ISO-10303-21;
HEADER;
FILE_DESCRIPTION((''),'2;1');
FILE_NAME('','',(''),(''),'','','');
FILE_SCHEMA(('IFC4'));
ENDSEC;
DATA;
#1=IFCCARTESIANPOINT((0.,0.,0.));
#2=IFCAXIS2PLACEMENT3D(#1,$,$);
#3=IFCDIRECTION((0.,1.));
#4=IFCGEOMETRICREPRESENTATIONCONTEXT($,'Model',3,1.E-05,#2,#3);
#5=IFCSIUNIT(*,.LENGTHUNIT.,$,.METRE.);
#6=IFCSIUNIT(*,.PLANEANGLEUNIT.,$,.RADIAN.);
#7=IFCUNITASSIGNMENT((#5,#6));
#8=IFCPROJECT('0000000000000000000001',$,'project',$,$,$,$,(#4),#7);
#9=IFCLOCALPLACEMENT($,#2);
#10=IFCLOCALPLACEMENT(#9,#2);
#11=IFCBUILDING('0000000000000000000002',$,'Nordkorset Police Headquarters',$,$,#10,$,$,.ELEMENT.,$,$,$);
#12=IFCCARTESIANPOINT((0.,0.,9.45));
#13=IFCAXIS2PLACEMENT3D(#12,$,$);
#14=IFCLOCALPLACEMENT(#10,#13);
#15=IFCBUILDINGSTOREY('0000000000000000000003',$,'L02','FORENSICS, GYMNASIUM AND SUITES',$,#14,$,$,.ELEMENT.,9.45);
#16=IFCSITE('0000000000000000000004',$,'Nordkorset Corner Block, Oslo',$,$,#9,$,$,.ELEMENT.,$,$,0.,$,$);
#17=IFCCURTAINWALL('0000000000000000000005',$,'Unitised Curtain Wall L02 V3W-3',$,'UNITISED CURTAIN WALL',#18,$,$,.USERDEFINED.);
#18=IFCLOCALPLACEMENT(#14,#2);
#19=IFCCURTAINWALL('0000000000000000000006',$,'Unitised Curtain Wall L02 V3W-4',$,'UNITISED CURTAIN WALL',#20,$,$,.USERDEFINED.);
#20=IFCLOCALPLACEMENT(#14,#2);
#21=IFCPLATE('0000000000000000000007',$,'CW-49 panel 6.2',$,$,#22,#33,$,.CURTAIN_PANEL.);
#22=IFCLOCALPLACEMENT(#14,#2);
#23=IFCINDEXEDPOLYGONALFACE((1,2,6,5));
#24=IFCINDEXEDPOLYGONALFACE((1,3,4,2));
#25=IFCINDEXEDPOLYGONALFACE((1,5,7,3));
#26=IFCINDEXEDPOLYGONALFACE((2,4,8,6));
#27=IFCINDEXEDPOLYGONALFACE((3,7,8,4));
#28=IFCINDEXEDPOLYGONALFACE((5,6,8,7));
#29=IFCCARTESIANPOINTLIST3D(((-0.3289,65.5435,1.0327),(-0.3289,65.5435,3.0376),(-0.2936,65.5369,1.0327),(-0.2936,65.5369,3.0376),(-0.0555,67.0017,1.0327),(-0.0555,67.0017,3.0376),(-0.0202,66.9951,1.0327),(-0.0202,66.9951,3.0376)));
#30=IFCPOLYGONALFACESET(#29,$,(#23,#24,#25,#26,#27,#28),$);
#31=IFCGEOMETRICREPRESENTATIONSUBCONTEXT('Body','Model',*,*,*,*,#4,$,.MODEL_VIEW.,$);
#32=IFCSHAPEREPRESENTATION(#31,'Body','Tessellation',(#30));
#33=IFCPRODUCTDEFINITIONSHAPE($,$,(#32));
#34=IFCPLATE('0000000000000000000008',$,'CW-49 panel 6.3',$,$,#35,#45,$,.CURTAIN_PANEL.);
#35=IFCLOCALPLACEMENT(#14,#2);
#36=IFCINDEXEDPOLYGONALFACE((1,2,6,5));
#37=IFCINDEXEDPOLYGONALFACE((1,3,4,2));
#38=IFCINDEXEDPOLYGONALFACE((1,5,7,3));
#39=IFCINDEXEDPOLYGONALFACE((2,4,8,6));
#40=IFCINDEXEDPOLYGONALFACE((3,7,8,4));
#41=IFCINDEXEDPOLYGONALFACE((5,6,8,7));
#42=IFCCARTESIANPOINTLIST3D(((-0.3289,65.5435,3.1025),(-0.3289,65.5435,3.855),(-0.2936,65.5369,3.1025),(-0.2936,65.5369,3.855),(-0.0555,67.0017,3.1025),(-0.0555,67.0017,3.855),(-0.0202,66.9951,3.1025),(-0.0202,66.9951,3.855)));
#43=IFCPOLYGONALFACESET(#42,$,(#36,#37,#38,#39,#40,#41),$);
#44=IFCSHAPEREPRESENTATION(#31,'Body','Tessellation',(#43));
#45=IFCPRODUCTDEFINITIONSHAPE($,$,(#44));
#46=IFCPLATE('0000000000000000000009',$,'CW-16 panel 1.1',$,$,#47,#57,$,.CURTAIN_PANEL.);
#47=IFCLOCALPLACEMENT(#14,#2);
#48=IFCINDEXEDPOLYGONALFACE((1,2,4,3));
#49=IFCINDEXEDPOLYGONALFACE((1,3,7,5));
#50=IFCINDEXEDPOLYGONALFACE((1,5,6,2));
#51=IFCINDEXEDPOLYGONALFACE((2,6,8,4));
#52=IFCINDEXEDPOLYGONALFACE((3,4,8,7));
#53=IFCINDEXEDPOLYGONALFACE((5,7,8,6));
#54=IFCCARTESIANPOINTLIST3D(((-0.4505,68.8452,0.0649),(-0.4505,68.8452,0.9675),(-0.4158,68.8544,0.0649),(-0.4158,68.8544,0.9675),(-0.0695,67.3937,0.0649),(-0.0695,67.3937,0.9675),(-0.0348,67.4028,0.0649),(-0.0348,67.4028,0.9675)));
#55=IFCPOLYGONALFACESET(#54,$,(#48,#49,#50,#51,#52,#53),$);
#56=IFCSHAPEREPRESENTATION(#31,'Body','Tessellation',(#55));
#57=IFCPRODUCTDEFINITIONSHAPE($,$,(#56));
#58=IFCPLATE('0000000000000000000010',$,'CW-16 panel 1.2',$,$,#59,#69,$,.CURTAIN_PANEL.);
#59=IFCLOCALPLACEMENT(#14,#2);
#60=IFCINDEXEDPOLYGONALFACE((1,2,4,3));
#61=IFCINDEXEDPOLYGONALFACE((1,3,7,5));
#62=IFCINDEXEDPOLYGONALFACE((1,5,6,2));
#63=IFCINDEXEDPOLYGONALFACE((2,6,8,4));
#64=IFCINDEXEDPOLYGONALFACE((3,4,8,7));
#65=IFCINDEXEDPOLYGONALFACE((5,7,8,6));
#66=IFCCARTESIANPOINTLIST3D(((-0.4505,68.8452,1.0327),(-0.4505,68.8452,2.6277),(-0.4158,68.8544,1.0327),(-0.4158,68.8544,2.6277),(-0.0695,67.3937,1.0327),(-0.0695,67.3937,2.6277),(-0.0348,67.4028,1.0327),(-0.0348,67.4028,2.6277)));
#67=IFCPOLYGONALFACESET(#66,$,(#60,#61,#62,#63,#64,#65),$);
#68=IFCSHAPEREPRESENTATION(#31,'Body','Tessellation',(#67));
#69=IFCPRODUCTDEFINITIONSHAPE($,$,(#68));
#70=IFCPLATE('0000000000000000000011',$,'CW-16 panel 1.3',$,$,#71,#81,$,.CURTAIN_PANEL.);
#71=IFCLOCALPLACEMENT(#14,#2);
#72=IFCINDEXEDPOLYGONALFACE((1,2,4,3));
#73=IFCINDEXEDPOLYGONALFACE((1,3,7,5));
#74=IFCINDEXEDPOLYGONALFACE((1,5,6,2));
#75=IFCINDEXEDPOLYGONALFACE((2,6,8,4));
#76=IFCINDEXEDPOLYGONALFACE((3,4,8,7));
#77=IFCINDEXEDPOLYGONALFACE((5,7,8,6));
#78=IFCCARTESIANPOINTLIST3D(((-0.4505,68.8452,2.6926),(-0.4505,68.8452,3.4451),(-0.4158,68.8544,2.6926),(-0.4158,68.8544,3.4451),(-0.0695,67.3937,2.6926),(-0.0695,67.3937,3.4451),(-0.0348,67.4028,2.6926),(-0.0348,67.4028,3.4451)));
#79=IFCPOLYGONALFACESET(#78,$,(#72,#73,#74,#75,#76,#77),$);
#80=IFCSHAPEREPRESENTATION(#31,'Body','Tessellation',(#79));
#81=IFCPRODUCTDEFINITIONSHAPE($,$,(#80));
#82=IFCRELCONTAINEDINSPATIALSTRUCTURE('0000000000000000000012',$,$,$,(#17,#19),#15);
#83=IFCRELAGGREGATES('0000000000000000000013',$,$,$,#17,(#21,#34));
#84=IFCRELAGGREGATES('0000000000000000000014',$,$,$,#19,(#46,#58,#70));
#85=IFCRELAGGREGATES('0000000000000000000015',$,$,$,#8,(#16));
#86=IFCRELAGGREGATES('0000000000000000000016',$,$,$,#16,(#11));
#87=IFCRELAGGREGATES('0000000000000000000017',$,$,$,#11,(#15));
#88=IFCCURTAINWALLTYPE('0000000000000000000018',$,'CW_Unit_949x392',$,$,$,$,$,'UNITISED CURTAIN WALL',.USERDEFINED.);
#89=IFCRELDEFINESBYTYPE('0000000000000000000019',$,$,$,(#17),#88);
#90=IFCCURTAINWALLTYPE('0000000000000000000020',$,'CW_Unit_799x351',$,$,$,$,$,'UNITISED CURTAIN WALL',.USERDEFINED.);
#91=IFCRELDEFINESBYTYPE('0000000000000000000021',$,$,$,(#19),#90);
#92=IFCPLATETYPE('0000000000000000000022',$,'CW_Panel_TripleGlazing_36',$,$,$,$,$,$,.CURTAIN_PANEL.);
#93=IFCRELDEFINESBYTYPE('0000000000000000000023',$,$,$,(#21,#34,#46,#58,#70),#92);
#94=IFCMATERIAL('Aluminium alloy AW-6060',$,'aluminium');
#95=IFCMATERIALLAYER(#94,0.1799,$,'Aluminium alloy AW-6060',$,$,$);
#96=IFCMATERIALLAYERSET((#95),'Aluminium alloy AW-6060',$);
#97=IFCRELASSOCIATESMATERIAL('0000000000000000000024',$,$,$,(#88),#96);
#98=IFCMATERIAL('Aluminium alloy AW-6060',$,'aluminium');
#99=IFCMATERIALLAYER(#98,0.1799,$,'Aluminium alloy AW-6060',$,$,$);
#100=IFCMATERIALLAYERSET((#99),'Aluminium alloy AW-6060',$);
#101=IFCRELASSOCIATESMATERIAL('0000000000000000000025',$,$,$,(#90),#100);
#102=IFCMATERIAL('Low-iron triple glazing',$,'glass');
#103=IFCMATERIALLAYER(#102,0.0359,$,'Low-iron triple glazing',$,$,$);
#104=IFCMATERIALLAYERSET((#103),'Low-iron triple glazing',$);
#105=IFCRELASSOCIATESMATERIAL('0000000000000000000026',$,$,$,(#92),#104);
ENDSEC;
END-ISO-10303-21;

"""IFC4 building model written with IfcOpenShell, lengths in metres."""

from ifc_helpers import new_model, si_unit, direction, frame, origin, origin_2d, place, context, subcontext, project, spatial, rectangle, extrude, material, layer, layer_set, type_object, element, aggregate, save


model = new_model("IFC4")

# Units and contexts
model_context = context("Model", 3, precision=1e-05, world=origin(), true_north=direction((0.0, 1.0)))
body_context = subcontext(model_context, "Body", "Model", "MODEL_VIEW")
ifc_project = project(units=[si_unit("LENGTHUNIT", "METRE"), si_unit("PLANEANGLEUNIT", "RADIAN")], contexts=[model_context])

# Site, building, storey
site_placement = place(None, origin())
site = spatial("IfcSite", under=ifc_project, at=site_placement, Name="Nordkorset Corner Block, Oslo", CompositionType="ELEMENT", RefElevation=0.0)
building_placement = place(site_placement, origin())
building = spatial("IfcBuilding", under=site, at=building_placement, Name="Nordkorset Police Headquarters", CompositionType="ELEMENT")
storey_placement = place(building_placement, frame((0.0, 0.0, 9.45)))
storey = spatial("IfcBuildingStorey", under=building, at=storey_placement, Name="L02", Description="FORENSICS, GYMNASIUM AND SUITES", CompositionType="ELEMENT", Elevation=9.45)

# Curtain walls
ifc_material_1 = material(Name="Aluminium alloy AW-6060", Category="aluminium")
ifc_layer_1 = layer(ifc_material_1, 0.1799, Name="Aluminium alloy AW-6060")
ifc_layer_set_1 = layer_set([ifc_layer_1], Name="Aluminium alloy AW-6060")
curtain_wall_type_1 = type_object("IfcCurtainWallType", Name="CW_Unit_949x392", ElementType="UNITISED CURTAIN WALL", PredefinedType="USERDEFINED", material=ifc_layer_set_1)
curtain_wall_1_placement = place(storey_placement, origin())
curtain_wall_1 = element("IfcCurtainWall", 1, at=curtain_wall_1_placement, inside=storey, type_object=curtain_wall_type_1, Name="Unitised Curtain Wall L02 V3W-3", ObjectType="UNITISED CURTAIN WALL", PredefinedType="USERDEFINED")
ifc_material_2 = material(Name="Aluminium alloy AW-6060", Category="aluminium")
ifc_layer_2 = layer(ifc_material_2, 0.1799, Name="Aluminium alloy AW-6060")
ifc_layer_set_2 = layer_set([ifc_layer_2], Name="Aluminium alloy AW-6060")
curtain_wall_type_2 = type_object("IfcCurtainWallType", Name="CW_Unit_799x351", ElementType="UNITISED CURTAIN WALL", PredefinedType="USERDEFINED", material=ifc_layer_set_2)
curtain_wall_2_placement = place(storey_placement, origin())
curtain_wall_2 = element("IfcCurtainWall", 2, at=curtain_wall_2_placement, inside=storey, type_object=curtain_wall_type_2, Name="Unitised Curtain Wall L02 V3W-4", ObjectType="UNITISED CURTAIN WALL", PredefinedType="USERDEFINED")

# Plates
ifc_material_3 = material(Name="Low-iron triple glazing", Category="glass")
ifc_layer_3 = layer(ifc_material_3, 0.0359, Name="Low-iron triple glazing")
ifc_layer_set_3 = layer_set([ifc_layer_3], Name="Low-iron triple glazing")
plate_type = type_object("IfcPlateType", Name="CW_Panel_TripleGlazing_36", PredefinedType="CURTAIN_PANEL", material=ifc_layer_set_3)
plate_1_placement = place(storey_placement, frame((-0.1746, 66.2693, 1.0327), z_axis=(0.0, 0.0, 1.0), x_axis=(0.184289, 0.982872, 0.0)))
plate_1 = element("IfcPlate", 3, at=plate_1_placement, type_object=plate_type, Name="CW-49 panel 6.2", PredefinedType="CURTAIN_PANEL", context=body_context, shape_type="SweptSolid", body=[
    extrude(rectangle(XDim=1.4836, YDim=0.0359, at=origin_2d()), origin(), (0.0, 0.0, 1.0), 2.0049),
])
plate_2_placement = place(storey_placement, frame((-0.1746, 66.2693, 3.1025), z_axis=(0.0, 0.0, 1.0), x_axis=(0.184289, 0.982872, 0.0)))
plate_2 = element("IfcPlate", 4, at=plate_2_placement, type_object=plate_type, Name="CW-49 panel 6.3", PredefinedType="CURTAIN_PANEL", context=body_context, shape_type="SweptSolid", body=[
    extrude(rectangle(XDim=1.4836, YDim=0.0359, at=origin_2d()), origin(), (0.0, 0.0, 1.0), 0.7524),
])
aggregate(curtain_wall_1, [plate_1, plate_2])
plate_3_placement = place(storey_placement, frame((-0.2427, 68.124, 0.0649), z_axis=(0.0, 0.0, 1.0), x_axis=(-0.253897, 0.967231, 0.0)))
plate_3 = element("IfcPlate", 5, at=plate_3_placement, type_object=plate_type, Name="CW-16 panel 1.1", PredefinedType="CURTAIN_PANEL", context=body_context, shape_type="SweptSolid", body=[
    extrude(rectangle(XDim=1.5007, YDim=0.0359, at=origin_2d()), origin(), (0.0, 0.0, 1.0), 0.9026),
])
plate_4_placement = place(storey_placement, frame((-0.2427, 68.124, 1.0327), z_axis=(0.0, 0.0, 1.0), x_axis=(-0.253897, 0.967231, 0.0)))
plate_4 = element("IfcPlate", 6, at=plate_4_placement, type_object=plate_type, Name="CW-16 panel 1.2", PredefinedType="CURTAIN_PANEL", context=body_context, shape_type="SweptSolid", body=[
    extrude(rectangle(XDim=1.5007, YDim=0.0359, at=origin_2d()), origin(), (0.0, 0.0, 1.0), 1.595),
])
plate_5_placement = place(storey_placement, frame((-0.2427, 68.124, 2.6926), z_axis=(0.0, 0.0, 1.0), x_axis=(-0.253897, 0.967231, 0.0)))
plate_5 = element("IfcPlate", 7, at=plate_5_placement, type_object=plate_type, Name="CW-16 panel 1.3", PredefinedType="CURTAIN_PANEL", context=body_context, shape_type="SweptSolid", body=[
    extrude(rectangle(XDim=1.5007, YDim=0.0359, at=origin_2d()), origin(), (0.0, 0.0, 1.0), 0.7524),
])
aggregate(curtain_wall_2, [plate_3, plate_4, plate_5])

save(model, "model.ifc")
